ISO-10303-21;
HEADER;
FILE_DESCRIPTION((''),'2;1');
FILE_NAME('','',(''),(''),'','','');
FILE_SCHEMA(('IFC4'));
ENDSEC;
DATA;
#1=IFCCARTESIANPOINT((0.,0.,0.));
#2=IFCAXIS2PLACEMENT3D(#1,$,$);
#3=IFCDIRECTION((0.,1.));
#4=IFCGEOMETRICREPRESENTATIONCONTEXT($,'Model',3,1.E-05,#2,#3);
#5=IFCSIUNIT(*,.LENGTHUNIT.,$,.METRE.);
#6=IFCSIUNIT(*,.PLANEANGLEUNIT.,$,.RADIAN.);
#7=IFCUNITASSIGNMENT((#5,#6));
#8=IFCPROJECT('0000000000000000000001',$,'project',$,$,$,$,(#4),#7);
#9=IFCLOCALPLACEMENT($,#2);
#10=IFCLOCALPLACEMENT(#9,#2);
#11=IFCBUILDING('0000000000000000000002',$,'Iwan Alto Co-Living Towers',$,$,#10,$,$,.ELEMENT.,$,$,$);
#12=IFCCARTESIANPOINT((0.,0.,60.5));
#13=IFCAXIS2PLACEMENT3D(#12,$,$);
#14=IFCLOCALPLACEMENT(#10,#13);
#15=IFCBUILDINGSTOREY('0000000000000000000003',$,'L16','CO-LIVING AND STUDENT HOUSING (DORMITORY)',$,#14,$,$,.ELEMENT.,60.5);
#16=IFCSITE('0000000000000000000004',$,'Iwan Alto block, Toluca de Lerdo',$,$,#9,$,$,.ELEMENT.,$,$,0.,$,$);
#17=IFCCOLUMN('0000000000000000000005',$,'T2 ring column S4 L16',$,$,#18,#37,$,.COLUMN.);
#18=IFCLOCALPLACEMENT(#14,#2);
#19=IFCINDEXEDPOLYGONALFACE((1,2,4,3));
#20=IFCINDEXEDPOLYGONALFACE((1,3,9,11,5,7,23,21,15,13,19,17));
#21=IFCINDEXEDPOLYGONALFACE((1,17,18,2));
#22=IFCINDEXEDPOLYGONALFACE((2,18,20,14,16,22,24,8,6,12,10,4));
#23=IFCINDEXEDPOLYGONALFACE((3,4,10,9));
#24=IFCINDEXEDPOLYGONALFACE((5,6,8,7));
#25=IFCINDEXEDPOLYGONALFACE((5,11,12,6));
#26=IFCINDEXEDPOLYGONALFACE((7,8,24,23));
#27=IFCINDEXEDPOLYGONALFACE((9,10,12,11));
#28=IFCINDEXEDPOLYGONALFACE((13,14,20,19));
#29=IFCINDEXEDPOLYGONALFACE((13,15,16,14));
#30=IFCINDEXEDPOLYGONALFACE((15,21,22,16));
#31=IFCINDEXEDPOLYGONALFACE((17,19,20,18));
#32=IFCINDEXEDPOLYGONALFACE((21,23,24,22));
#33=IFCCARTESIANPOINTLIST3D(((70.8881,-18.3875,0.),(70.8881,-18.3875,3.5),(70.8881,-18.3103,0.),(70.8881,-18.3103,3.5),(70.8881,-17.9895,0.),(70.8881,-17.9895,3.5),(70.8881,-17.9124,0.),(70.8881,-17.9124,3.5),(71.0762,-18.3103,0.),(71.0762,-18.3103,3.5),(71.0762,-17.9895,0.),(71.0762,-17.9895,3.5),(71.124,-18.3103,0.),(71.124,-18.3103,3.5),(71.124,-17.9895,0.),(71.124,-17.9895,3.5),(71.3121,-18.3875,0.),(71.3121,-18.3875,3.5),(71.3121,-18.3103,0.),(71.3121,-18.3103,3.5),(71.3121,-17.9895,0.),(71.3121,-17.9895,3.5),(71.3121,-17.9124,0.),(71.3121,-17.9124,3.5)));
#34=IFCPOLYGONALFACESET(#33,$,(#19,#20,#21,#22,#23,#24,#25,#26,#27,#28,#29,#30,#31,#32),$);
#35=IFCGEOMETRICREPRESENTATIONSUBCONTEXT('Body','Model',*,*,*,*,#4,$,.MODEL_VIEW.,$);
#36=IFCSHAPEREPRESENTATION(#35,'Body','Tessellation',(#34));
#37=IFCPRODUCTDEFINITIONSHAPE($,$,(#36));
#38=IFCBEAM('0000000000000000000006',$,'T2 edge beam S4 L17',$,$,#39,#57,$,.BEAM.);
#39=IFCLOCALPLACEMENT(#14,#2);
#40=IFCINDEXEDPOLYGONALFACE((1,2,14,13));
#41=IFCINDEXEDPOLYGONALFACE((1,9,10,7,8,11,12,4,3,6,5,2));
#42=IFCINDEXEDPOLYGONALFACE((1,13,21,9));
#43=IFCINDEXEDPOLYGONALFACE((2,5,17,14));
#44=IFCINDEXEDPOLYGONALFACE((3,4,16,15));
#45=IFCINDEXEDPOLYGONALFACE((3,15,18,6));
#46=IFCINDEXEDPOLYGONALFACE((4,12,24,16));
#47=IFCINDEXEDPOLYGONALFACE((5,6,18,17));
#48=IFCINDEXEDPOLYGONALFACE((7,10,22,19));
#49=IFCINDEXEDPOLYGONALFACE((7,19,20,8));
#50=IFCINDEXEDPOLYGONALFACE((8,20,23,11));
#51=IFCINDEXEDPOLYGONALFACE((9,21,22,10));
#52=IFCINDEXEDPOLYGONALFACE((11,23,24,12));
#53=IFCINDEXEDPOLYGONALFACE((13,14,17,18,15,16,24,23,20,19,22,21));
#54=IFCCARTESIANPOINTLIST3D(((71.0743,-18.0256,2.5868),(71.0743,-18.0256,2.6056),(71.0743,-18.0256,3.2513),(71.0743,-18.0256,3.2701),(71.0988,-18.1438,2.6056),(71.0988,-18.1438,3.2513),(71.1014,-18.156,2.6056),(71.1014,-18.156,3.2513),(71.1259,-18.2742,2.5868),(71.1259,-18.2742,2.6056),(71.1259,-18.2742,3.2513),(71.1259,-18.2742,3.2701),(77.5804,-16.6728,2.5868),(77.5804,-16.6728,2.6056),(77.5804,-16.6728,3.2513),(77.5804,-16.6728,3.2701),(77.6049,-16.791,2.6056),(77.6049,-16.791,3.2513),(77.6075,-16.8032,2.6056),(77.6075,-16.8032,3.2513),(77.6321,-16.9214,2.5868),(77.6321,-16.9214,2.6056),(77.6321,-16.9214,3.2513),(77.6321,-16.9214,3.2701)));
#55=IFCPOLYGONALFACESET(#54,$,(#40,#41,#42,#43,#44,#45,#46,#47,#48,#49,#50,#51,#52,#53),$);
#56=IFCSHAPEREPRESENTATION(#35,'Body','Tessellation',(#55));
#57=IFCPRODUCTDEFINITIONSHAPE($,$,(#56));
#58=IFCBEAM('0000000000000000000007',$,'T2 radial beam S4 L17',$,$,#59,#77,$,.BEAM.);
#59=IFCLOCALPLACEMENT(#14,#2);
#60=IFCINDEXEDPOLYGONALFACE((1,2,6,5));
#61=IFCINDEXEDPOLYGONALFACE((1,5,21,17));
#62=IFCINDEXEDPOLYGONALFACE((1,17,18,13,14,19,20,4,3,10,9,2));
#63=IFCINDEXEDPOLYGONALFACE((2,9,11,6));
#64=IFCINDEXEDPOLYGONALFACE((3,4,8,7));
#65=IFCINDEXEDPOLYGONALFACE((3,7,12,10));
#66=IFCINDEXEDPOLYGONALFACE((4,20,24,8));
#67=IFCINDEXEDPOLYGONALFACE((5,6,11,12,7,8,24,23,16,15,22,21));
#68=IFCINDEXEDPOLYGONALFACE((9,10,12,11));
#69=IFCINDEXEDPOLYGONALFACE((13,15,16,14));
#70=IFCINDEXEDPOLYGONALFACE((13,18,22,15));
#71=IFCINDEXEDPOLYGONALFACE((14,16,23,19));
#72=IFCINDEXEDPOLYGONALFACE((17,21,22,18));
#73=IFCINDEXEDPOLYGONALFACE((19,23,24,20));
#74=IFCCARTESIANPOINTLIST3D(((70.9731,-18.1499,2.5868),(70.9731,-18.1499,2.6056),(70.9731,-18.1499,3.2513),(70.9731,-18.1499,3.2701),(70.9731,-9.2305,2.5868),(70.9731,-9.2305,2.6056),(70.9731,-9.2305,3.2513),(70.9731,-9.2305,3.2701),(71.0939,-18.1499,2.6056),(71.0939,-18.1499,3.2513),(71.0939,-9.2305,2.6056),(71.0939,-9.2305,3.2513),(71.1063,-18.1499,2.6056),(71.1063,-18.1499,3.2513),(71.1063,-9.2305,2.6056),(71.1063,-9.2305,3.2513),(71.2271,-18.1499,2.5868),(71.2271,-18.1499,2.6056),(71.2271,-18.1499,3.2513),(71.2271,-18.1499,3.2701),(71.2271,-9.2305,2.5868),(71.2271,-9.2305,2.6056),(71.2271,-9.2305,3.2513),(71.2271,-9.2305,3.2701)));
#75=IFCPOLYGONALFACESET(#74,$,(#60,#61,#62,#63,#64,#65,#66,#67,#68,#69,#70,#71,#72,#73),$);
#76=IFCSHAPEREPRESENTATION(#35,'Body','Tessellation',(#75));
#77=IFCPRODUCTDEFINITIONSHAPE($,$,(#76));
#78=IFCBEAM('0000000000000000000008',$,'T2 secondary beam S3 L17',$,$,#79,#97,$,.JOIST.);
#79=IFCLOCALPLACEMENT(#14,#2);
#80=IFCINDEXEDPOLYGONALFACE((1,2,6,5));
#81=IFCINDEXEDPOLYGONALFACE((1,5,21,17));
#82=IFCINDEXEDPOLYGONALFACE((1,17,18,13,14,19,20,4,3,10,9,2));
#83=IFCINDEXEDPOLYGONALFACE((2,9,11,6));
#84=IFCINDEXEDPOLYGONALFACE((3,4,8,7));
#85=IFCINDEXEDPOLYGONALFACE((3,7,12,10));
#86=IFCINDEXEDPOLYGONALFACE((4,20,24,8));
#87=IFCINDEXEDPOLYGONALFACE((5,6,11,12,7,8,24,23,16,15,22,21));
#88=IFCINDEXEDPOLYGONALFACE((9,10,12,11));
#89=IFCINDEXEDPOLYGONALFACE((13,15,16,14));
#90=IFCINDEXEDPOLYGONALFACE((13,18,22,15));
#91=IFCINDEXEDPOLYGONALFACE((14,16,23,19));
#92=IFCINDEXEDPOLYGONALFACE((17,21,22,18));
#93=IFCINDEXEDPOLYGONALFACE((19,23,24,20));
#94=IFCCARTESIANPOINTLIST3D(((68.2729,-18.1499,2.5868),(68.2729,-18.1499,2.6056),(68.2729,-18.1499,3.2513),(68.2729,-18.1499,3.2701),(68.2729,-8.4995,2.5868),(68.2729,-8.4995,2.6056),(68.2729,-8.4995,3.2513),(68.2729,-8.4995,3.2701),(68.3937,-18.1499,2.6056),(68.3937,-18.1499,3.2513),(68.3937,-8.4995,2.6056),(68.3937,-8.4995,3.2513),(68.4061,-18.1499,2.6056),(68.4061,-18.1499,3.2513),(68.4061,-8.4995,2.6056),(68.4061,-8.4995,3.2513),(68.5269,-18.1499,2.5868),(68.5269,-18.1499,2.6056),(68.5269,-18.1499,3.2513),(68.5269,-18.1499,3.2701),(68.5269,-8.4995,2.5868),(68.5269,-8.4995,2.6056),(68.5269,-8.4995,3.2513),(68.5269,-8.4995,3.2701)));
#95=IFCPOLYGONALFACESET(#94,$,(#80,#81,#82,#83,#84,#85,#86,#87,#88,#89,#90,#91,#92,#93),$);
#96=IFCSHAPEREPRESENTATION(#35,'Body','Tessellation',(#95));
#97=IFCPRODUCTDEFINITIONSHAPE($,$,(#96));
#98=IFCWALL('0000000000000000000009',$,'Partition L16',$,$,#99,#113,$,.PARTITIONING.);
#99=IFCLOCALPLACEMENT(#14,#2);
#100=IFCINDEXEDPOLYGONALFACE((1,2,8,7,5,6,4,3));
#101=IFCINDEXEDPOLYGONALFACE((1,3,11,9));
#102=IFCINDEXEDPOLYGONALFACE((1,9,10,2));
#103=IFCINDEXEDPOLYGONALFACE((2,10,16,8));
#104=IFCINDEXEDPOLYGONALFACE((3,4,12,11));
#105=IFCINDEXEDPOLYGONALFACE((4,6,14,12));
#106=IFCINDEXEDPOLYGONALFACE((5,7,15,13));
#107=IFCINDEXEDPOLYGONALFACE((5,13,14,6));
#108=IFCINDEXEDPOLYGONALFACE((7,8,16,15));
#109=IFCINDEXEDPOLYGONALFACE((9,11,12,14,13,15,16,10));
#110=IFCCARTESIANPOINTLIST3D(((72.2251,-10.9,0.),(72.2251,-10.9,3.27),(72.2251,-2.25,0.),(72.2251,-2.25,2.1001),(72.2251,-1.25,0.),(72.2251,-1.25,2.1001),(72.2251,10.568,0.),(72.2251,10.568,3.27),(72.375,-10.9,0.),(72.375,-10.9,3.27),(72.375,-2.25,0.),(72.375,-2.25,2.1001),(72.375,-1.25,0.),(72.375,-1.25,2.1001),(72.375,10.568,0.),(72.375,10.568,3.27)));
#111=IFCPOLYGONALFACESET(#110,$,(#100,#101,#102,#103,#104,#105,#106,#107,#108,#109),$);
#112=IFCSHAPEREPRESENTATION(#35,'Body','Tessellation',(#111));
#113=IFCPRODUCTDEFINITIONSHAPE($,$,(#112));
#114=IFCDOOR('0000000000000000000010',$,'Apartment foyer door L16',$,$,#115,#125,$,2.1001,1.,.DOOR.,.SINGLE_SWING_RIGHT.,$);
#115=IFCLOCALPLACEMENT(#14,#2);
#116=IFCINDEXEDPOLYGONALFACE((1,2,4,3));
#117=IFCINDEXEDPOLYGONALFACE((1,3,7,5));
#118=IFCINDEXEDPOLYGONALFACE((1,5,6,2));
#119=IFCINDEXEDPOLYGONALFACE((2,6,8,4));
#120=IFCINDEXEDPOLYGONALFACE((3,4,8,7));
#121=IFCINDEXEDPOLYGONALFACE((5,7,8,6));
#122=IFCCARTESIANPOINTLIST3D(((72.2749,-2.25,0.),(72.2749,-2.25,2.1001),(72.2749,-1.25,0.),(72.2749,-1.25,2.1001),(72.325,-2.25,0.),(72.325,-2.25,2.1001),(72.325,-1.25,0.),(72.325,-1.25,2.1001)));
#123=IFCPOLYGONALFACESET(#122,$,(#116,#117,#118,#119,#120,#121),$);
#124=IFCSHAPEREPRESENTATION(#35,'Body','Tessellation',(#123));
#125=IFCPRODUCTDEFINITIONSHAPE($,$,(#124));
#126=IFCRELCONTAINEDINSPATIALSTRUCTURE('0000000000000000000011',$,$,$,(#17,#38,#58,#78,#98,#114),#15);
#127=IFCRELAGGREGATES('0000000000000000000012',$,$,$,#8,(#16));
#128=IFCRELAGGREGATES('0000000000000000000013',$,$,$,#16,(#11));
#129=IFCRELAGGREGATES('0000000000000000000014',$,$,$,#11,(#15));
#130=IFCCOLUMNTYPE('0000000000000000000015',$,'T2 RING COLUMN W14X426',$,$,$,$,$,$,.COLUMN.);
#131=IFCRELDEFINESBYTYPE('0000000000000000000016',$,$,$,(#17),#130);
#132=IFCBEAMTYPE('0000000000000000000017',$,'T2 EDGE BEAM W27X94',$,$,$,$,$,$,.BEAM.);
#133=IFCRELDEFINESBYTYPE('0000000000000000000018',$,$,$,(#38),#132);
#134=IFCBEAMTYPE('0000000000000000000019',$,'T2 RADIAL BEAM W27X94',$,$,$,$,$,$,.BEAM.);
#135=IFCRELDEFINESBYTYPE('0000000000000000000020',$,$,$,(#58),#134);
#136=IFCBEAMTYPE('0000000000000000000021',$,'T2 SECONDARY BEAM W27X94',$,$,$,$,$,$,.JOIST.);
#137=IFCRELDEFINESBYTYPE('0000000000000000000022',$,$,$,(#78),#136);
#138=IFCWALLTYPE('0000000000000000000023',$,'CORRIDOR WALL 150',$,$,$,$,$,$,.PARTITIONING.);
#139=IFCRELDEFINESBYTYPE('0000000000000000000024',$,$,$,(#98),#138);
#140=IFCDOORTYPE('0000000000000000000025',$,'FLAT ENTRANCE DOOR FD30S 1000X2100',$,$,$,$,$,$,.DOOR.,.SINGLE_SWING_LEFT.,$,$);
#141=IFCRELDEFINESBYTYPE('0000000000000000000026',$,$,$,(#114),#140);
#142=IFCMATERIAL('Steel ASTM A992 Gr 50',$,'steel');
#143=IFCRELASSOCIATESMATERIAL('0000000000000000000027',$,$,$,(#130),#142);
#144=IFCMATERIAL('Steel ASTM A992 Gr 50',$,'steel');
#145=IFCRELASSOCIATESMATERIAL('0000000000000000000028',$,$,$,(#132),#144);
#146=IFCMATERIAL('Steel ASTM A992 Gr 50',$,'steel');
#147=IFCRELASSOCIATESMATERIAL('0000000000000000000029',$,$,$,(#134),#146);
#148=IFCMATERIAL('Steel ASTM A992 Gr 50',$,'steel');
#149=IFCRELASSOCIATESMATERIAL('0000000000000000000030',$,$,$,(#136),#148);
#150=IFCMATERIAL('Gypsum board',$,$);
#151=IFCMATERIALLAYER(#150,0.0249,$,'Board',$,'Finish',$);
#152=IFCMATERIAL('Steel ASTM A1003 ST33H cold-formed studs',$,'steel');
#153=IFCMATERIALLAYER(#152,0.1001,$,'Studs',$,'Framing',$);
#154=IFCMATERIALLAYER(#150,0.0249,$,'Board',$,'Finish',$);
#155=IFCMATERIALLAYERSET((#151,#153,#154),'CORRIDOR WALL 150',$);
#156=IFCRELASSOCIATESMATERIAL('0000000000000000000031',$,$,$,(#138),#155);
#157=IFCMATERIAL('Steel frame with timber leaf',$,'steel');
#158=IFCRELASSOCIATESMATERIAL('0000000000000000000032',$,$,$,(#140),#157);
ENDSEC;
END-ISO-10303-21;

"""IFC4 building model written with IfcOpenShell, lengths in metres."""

from ifc_helpers import new_model, si_unit, direction, frame, frame_2d, origin, origin_2d, place, context, subcontext, project, spatial, rectangle, i_section, extrude, material, layer, layer_set, material_profile, profile_set, type_object, element, fill, save


model = new_model("IFC4")

# Units and contexts
model_context = context("Model", 3, precision=1e-05, world=origin(), true_north=direction((0.0, 1.0)))
body_context = subcontext(model_context, "Body", "Model", "MODEL_VIEW")
ifc_project = project(units=[si_unit("LENGTHUNIT", "METRE"), si_unit("PLANEANGLEUNIT", "RADIAN")], contexts=[model_context])

# Site, building, storey
site_placement = place(None, origin())
site = spatial("IfcSite", under=ifc_project, at=site_placement, Name="Iwan Alto block, Toluca de Lerdo", CompositionType="ELEMENT", RefElevation=0.0)
building_placement = place(site_placement, origin())
building = spatial("IfcBuilding", under=site, at=building_placement, Name="Iwan Alto Co-Living Towers", CompositionType="ELEMENT")
storey_placement = place(building_placement, frame((0.0, 0.0, 60.5)))
storey = spatial("IfcBuildingStorey", under=building, at=storey_placement, Name="L16", Description="CO-LIVING AND STUDENT HOUSING (DORMITORY)", CompositionType="ELEMENT", Elevation=60.5)

# Column
ifc_material_1 = material(Name="Steel ASTM A992 Gr 50", Category="steel")
ifc_material_profile_1 = material_profile(ifc_material_1, i_section(OverallWidth=0.4241, OverallDepth=0.4751, WebThickness=0.0479, FlangeThickness=0.0771, at=origin_2d()), Name="W14X426")
ifc_profile_set_1 = profile_set([ifc_material_profile_1], Name="Steel ASTM A992 Gr 50")
column_type = type_object("IfcColumnType", Name="T2 RING COLUMN W14X426", PredefinedType="COLUMN", material=ifc_profile_set_1)
column_placement = place(storey_placement, frame((71.1001, -18.1499, 0.0), z_axis=(0.0, 0.0, 1.0), x_axis=(1.0, 0.0, 0.0)))
element("IfcColumn", 1, at=column_placement, inside=storey, type_object=column_type, Name="T2 ring column S4 L16", PredefinedType="COLUMN", context=body_context, shape_type="SweptSolid", body=[
    extrude(i_section(OverallWidth=0.4241, OverallDepth=0.4751, WebThickness=0.0479, FlangeThickness=0.0771, at=origin_2d()), origin(), (0.0, 0.0, 1.0), 3.5),
])

# Beams
ifc_material_2 = material(Name="Steel ASTM A992 Gr 50", Category="steel")
ifc_material_profile_2 = material_profile(ifc_material_2, i_section(OverallWidth=0.2539, OverallDepth=0.6833, WebThickness=0.0125, FlangeThickness=0.0188, at=origin_2d()), Name="W27X94")
ifc_profile_set_2 = profile_set([ifc_material_profile_2], Name="Steel ASTM A992 Gr 50")
beam_type_1 = type_object("IfcBeamType", Name="T2 EDGE BEAM W27X94", PredefinedType="BEAM", material=ifc_profile_set_2)
beam_1_placement = place(storey_placement, frame((71.1001, -18.1499, 2.9285), z_axis=(0.97906, 0.203571, 0.0), x_axis=(-0.203571, 0.97906, 0.0)))
element("IfcBeam", 2, at=beam_1_placement, inside=storey, type_object=beam_type_1, Name="T2 edge beam S4 L17", PredefinedType="BEAM", context=body_context, shape_type="SweptSolid", body=[
    extrude(i_section(OverallWidth=0.2539, OverallDepth=0.6833, WebThickness=0.0125, FlangeThickness=0.0188, at=origin_2d()), origin(), (0.0, 0.0, 1.0), 6.6453),
])
ifc_material_3 = material(Name="Steel ASTM A992 Gr 50", Category="steel")
ifc_material_profile_3 = material_profile(ifc_material_3, i_section(OverallWidth=0.2539, OverallDepth=0.6833, WebThickness=0.0125, FlangeThickness=0.0188, at=origin_2d()), Name="W27X94")
ifc_profile_set_3 = profile_set([ifc_material_profile_3], Name="Steel ASTM A992 Gr 50")
beam_type_2 = type_object("IfcBeamType", Name="T2 RADIAL BEAM W27X94", PredefinedType="BEAM", material=ifc_profile_set_3)
beam_2_placement = place(storey_placement, frame((71.1001, -18.1499, 2.9285), z_axis=(0.0, 1.0, 0.0), x_axis=(-1.0, 0.0, 0.0)))
element("IfcBeam", 3, at=beam_2_placement, inside=storey, type_object=beam_type_2, Name="T2 radial beam S4 L17", PredefinedType="BEAM", context=body_context, shape_type="SweptSolid", body=[
    extrude(i_section(OverallWidth=0.2539, OverallDepth=0.6833, WebThickness=0.0125, FlangeThickness=0.0188, at=origin_2d()), origin(), (0.0, 0.0, 1.0), 8.9194),
])
ifc_material_4 = material(Name="Steel ASTM A992 Gr 50", Category="steel")
ifc_material_profile_4 = material_profile(ifc_material_4, i_section(OverallWidth=0.2539, OverallDepth=0.6833, WebThickness=0.0125, FlangeThickness=0.0188, at=origin_2d()), Name="W27X94")
ifc_profile_set_4 = profile_set([ifc_material_profile_4], Name="Steel ASTM A992 Gr 50")
beam_type_3 = type_object("IfcBeamType", Name="T2 SECONDARY BEAM W27X94", PredefinedType="JOIST", material=ifc_profile_set_4)
beam_3_placement = place(storey_placement, frame((68.3999, -18.1499, 2.9285), z_axis=(0.0, 1.0, 0.0), x_axis=(-1.0, 0.0, 0.0)))
element("IfcBeam", 4, at=beam_3_placement, inside=storey, type_object=beam_type_3, Name="T2 secondary beam S3 L17", PredefinedType="JOIST", context=body_context, shape_type="SweptSolid", body=[
    extrude(i_section(OverallWidth=0.2539, OverallDepth=0.6833, WebThickness=0.0125, FlangeThickness=0.0188, at=origin_2d()), origin(), (0.0, 0.0, 1.0), 9.6504),
])

# Wall, opening, door
ifc_material_5 = material(Name="Gypsum board")
ifc_layer_1 = layer(ifc_material_5, 0.0249, Name="Board", Category="Finish")
ifc_material_6 = material(Name="Steel ASTM A1003 ST33H cold-formed studs", Category="steel")
ifc_layer_2 = layer(ifc_material_6, 0.1001, Name="Studs", Category="Framing")
ifc_layer_3 = layer(ifc_material_5, 0.0249, Name="Board", Category="Finish")
ifc_layer_set_1 = layer_set([ifc_layer_1, ifc_layer_2, ifc_layer_3], Name="CORRIDOR WALL 150")
wall_type_1 = type_object("IfcWallType", Name="CORRIDOR WALL 150", PredefinedType="PARTITIONING", material=ifc_layer_set_1)
wall_1_placement = place(storey_placement, frame((72.3, -10.8999, 0.0), z_axis=(0.0, 0.0, 1.0), x_axis=(0.0, 1.0, 0.0)))
wall_1 = element("IfcWall", 5, at=wall_1_placement, inside=storey, type_object=wall_type_1, Name="Partition L16", PredefinedType="PARTITIONING", context=body_context, shape_type="SweptSolid", body=[
    extrude(rectangle(XDim=21.468, YDim=0.1499, at=frame_2d((10.7339, 0.0))), origin(), (0.0, 0.0, 1.0), 3.27),
])
opening_1_placement = place(wall_1_placement, frame((8.6499, 0.0, 0.0)))
opening_1 = element("IfcOpeningElement", 6, at=opening_1_placement, cuts=wall_1, PredefinedType="OPENING", context=body_context, shape_type="SweptSolid", body=[
    extrude(rectangle(XDim=1.0, YDim=2.1001, at=frame_2d((0.5, 1.05))), frame((0.0, 0.085, 0.0), z_axis=(0.0, -1.0, 0.0), x_axis=(1.0, 0.0, 0.0)), (0.0, 0.0, 1.0), 0.1699),
])
ifc_material_7 = material(Name="Steel frame with timber leaf", Category="steel")
door_type_1 = type_object("IfcDoorType", Name="FLAT ENTRANCE DOOR FD30S 1000X2100", OperationType="SINGLE_SWING_LEFT", PredefinedType="DOOR", material=ifc_material_7)
door_1_placement = place(opening_1_placement, frame((1.0, 0.0, 0.0), z_axis=(0.0, 0.0, 1.0), x_axis=(-1.0, 0.0, 0.0)))
door_1 = element("IfcDoor", 7, at=door_1_placement, inside=storey, type_object=door_type_1, Name="Apartment foyer door L16", OperationType="SINGLE_SWING_RIGHT", OverallHeight=2.1001, OverallWidth=1.0, PredefinedType="DOOR", context=body_context, shape_type="SweptSolid", body=[
    extrude(rectangle(XDim=1.0, YDim=2.1001, at=frame_2d((0.5, 1.05))), frame((0.0, 0.0249, 0.0), z_axis=(0.0, -1.0, 0.0), x_axis=(1.0, 0.0, 0.0)), (0.0, 0.0, 1.0), 0.05),
])
fill(opening_1, door_1)

save(model, "model.ifc")
